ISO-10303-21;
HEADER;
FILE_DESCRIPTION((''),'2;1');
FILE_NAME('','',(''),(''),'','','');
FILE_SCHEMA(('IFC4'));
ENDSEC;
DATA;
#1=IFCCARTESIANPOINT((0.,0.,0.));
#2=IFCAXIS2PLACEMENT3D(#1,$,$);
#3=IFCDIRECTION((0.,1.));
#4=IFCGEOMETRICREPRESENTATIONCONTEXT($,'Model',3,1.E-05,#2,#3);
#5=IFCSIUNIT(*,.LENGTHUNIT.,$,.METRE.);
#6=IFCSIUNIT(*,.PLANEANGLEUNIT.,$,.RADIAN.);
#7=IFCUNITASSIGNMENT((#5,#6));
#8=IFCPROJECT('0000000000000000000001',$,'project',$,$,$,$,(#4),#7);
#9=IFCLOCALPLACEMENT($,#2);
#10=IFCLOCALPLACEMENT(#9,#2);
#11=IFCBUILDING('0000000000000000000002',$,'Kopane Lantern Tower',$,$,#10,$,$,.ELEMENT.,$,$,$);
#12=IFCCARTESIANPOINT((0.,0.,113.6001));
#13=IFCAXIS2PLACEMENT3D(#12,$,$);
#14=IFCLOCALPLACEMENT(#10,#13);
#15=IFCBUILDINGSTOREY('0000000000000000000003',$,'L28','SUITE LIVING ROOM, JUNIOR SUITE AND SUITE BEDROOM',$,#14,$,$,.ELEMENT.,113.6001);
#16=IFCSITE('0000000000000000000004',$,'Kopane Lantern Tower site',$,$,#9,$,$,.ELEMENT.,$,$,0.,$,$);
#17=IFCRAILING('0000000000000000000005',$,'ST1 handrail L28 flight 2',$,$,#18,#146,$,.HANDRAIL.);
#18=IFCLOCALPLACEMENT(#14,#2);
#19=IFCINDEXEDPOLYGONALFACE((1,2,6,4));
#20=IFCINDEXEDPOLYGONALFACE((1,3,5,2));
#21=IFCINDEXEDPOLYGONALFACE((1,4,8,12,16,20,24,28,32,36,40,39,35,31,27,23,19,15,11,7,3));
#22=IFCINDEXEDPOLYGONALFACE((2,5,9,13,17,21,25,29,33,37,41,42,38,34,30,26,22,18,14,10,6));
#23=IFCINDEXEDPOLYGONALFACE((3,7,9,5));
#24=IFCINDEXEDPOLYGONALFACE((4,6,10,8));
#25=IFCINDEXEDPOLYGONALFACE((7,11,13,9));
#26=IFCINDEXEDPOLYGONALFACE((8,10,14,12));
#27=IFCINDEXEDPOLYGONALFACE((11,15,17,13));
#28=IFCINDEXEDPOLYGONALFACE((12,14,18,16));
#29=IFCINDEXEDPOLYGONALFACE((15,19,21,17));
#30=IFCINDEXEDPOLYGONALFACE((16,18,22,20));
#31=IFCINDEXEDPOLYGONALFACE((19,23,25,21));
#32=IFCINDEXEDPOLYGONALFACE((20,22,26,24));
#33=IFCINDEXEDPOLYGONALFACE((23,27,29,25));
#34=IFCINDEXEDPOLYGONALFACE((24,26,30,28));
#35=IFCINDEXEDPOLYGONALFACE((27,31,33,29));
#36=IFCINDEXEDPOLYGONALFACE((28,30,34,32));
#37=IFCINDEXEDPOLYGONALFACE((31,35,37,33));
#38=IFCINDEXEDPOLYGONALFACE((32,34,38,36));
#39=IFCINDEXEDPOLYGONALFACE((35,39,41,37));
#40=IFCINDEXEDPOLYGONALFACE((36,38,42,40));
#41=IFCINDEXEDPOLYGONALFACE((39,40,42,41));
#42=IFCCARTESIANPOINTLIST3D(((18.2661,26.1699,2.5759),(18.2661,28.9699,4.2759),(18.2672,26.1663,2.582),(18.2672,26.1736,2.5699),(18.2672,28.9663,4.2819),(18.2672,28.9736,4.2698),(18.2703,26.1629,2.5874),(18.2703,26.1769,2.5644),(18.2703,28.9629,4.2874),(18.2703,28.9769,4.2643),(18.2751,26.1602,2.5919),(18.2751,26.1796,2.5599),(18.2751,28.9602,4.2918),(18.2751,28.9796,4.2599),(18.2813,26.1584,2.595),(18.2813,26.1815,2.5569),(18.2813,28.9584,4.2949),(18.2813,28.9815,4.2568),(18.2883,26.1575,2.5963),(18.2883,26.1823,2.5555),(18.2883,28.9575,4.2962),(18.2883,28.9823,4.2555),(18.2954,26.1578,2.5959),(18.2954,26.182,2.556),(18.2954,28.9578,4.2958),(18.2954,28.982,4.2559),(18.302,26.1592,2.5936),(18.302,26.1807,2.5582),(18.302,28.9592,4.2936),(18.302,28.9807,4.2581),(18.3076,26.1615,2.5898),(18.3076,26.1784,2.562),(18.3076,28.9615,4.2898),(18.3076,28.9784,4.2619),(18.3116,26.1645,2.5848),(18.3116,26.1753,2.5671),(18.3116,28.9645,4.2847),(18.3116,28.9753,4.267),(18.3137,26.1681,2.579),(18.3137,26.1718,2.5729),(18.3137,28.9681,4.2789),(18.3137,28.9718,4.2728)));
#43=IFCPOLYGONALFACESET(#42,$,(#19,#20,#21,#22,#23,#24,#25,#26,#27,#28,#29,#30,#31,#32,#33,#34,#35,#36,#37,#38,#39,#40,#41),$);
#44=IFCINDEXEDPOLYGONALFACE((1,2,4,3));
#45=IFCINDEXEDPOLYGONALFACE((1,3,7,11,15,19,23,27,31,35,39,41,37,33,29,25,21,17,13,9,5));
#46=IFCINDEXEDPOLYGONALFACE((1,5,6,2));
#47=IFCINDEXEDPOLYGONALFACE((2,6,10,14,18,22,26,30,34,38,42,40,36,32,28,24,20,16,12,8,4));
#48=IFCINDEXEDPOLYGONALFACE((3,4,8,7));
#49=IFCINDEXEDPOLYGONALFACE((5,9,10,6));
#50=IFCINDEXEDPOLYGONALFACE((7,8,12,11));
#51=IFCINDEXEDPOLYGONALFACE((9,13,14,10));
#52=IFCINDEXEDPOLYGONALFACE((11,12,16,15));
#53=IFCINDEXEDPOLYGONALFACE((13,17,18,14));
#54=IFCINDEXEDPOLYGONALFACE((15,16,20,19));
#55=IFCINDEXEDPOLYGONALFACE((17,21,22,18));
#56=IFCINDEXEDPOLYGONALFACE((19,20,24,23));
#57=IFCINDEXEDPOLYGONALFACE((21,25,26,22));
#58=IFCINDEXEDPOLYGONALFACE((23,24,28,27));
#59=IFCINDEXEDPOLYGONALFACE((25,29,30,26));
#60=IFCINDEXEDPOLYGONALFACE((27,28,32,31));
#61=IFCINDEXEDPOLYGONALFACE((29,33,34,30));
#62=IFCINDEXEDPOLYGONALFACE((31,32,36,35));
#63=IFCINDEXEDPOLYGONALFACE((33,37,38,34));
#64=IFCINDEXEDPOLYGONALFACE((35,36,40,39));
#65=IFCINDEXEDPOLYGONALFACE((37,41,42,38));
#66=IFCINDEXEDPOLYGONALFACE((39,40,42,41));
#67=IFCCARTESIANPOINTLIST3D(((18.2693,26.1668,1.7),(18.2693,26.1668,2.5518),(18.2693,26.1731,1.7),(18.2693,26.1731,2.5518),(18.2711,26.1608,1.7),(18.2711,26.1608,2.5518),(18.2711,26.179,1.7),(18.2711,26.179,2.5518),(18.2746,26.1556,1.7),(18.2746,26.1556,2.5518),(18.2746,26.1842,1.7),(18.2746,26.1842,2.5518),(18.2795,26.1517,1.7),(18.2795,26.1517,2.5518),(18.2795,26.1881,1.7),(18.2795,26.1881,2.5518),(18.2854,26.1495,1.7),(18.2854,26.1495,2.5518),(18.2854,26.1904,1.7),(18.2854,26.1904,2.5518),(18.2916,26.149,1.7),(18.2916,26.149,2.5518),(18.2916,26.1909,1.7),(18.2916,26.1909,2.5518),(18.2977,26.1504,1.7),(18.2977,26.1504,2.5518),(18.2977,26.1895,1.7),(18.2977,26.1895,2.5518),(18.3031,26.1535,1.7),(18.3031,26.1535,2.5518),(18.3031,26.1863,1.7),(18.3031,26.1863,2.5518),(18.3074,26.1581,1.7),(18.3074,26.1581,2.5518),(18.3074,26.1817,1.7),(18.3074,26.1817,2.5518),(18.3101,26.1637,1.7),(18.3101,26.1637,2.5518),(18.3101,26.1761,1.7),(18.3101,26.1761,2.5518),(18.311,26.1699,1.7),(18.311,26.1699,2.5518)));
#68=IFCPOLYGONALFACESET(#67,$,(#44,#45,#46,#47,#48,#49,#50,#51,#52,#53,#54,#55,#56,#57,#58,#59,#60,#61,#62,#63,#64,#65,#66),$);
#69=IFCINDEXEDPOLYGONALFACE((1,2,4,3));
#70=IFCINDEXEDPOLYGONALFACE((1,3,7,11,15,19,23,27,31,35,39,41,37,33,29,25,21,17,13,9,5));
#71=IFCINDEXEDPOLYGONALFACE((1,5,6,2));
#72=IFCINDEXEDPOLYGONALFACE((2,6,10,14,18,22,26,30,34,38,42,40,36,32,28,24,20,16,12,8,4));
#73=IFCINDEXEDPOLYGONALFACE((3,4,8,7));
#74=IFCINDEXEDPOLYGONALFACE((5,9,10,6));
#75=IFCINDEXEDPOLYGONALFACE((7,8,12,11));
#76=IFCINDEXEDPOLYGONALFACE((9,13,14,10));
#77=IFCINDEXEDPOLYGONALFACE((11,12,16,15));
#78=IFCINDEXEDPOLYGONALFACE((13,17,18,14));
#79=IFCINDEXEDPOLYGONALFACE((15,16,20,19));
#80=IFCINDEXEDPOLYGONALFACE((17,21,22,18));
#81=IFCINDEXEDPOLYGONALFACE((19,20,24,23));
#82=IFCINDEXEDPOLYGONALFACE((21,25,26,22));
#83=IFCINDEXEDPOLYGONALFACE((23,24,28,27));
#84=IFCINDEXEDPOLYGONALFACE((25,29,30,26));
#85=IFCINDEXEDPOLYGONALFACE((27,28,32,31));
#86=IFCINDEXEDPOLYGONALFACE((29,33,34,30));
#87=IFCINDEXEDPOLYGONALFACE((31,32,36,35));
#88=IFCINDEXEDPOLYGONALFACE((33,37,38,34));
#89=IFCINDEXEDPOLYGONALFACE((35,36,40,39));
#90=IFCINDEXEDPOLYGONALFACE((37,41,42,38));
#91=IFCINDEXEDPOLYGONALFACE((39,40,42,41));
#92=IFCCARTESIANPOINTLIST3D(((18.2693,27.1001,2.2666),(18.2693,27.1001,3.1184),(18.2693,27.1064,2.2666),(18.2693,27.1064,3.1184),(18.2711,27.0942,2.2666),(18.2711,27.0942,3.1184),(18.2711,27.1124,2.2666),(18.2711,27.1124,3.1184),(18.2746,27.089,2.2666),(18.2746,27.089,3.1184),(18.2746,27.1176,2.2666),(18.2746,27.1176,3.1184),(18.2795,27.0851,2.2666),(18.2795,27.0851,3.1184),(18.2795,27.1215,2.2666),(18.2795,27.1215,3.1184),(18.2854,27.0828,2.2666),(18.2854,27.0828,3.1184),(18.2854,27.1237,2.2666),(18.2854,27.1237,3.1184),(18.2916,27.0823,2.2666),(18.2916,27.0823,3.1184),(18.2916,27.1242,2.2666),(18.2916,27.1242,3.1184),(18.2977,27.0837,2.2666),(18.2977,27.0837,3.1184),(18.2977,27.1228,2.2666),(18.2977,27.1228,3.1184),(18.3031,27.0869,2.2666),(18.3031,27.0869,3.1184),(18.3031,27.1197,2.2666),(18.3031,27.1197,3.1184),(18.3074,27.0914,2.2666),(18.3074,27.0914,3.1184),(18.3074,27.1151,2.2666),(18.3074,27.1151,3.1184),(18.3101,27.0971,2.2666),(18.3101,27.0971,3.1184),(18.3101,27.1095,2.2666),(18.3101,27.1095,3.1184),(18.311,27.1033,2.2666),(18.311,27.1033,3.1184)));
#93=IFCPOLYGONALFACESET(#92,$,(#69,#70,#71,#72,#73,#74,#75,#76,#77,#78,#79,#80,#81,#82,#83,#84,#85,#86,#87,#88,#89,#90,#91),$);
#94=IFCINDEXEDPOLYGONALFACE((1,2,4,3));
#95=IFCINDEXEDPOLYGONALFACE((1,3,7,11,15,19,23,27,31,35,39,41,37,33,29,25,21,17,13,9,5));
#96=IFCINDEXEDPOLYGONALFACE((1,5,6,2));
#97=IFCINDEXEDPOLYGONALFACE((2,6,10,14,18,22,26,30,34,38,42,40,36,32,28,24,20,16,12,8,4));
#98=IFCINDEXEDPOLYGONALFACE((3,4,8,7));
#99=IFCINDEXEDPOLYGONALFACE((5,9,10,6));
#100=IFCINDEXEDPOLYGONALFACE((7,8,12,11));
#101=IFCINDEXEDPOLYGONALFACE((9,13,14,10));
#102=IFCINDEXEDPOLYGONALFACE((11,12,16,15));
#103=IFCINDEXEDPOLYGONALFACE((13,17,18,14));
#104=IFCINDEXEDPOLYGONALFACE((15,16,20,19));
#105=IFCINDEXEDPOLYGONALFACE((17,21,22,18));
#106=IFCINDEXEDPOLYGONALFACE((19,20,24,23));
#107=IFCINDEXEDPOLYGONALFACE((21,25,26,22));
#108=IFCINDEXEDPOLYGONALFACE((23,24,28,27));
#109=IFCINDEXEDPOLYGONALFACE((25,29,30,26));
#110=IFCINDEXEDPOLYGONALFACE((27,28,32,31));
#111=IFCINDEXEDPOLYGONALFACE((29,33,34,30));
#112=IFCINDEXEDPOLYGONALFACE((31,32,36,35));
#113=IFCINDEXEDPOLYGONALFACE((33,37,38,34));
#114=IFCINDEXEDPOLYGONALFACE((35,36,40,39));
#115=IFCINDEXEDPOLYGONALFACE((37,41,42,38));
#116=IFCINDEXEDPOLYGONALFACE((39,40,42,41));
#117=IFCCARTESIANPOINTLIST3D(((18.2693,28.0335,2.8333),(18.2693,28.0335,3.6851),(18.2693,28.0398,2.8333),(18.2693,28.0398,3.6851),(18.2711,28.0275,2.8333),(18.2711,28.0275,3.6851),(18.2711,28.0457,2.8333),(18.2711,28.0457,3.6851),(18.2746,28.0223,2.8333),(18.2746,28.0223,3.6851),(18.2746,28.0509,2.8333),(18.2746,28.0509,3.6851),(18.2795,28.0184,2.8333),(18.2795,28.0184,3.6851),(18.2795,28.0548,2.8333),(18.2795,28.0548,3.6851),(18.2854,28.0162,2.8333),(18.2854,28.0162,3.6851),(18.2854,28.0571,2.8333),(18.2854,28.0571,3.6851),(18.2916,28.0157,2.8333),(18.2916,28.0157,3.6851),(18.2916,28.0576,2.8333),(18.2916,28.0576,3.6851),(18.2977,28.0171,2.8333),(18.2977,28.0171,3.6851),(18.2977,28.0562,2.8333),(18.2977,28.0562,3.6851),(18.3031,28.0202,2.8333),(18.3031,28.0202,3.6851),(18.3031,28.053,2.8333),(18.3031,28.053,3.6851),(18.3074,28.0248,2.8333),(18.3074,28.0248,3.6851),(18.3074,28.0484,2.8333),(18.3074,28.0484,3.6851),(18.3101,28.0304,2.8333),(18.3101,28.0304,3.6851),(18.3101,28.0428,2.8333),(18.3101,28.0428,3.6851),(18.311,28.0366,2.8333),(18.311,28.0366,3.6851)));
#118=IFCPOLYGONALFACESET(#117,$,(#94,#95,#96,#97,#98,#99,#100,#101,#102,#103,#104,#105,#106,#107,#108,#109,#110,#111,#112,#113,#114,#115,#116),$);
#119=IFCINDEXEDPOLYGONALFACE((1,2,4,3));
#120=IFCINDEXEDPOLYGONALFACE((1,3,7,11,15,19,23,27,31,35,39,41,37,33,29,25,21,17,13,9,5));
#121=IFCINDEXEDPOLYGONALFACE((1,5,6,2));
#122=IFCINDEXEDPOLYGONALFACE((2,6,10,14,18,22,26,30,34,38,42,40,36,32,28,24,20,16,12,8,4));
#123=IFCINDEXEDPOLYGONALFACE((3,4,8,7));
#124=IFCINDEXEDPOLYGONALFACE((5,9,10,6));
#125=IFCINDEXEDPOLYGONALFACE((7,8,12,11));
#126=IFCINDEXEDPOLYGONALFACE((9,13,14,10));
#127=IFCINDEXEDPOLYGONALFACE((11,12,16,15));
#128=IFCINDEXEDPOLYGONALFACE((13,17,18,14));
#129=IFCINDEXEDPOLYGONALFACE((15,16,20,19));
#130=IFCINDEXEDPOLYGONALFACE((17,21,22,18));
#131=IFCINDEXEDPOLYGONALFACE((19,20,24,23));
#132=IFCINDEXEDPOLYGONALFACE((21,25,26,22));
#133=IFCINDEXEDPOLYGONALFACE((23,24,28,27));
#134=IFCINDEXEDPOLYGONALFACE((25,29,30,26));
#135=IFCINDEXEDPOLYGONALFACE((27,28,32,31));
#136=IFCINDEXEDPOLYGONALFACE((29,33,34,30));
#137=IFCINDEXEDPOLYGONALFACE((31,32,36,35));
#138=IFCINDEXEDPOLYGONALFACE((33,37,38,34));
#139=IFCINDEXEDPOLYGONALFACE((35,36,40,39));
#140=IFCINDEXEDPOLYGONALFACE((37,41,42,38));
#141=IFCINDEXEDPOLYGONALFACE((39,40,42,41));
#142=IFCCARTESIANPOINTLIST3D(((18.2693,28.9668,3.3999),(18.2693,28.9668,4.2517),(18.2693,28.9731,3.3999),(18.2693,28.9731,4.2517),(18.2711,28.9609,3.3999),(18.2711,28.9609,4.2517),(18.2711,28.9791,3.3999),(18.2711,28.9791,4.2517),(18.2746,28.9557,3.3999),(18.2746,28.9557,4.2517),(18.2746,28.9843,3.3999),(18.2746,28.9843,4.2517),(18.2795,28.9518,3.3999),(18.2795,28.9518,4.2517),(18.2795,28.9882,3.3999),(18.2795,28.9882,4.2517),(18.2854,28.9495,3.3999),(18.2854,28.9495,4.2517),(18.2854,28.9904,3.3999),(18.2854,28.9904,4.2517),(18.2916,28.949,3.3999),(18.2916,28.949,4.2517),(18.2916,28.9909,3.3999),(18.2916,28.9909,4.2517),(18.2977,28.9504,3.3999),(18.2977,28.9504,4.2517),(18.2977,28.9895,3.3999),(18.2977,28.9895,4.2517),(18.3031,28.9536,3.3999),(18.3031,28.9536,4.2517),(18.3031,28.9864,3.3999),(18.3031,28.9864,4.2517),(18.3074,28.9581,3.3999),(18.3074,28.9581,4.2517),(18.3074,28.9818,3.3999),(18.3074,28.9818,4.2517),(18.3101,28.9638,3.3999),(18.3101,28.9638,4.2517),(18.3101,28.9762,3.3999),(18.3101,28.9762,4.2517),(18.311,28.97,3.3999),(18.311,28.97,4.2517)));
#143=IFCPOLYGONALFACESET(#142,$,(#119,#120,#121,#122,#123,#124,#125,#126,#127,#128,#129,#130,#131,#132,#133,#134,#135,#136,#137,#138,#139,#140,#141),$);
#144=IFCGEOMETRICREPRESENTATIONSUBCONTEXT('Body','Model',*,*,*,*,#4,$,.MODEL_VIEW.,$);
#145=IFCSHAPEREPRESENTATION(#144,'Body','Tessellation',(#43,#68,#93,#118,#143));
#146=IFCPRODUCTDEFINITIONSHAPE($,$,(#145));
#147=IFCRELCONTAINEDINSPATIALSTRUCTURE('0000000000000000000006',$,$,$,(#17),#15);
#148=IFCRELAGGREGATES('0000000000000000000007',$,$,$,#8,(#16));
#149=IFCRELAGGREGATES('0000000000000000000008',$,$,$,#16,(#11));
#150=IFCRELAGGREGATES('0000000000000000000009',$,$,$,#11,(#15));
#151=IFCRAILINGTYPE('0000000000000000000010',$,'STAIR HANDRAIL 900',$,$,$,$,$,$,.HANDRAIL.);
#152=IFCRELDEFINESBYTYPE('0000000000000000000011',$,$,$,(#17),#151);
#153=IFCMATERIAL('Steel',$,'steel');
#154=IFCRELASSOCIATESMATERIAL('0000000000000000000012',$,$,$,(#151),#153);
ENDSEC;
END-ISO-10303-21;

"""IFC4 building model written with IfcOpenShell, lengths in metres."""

from ifc_helpers import new_model, si_unit, direction, frame, origin, origin_2d, place, context, subcontext, project, spatial, circle, extrude, material, type_object, element, save


model = new_model("IFC4")

# Units and contexts
model_context = context("Model", 3, precision=1e-05, world=origin(), true_north=direction((0.0, 1.0)))
body_context = subcontext(model_context, "Body", "Model", "MODEL_VIEW")
ifc_project = project(units=[si_unit("LENGTHUNIT", "METRE"), si_unit("PLANEANGLEUNIT", "RADIAN")], contexts=[model_context])

# Site, building, storey
site_placement = place(None, origin())
site = spatial("IfcSite", under=ifc_project, at=site_placement, Name="Kopane Lantern Tower site", CompositionType="ELEMENT", RefElevation=0.0)
building_placement = place(site_placement, origin())
building = spatial("IfcBuilding", under=site, at=building_placement, Name="Kopane Lantern Tower", CompositionType="ELEMENT")
storey_placement = place(building_placement, frame((0.0, 0.0, 113.6001)))
storey = spatial("IfcBuildingStorey", under=building, at=storey_placement, Name="L28", Description="SUITE LIVING ROOM, JUNIOR SUITE AND SUITE BEDROOM", CompositionType="ELEMENT", Elevation=113.6001)

# Railing
ifc_material_1 = material(Name="Steel", Category="steel")
railing_type = type_object("IfcRailingType", Name="STAIR HANDRAIL 900", PredefinedType="HANDRAIL", material=ifc_material_1)
for number, where, name in (
    (1, (18.29, 26.1699, 1.7), "ST1 handrail L28 flight 2"),
):
    element("IfcRailing", number, at=place(storey_placement, frame(where)), inside=storey, type_object=railing_type, Name=name, PredefinedType="HANDRAIL", context=body_context, shape_type="SweptSolid", body=[
        extrude(circle(Radius=0.0239, at=origin_2d()), frame((0.0, 0.0, 0.876), z_axis=(0.0, 0.854798, 0.518961), x_axis=(-1.0, 0.0, 0.0)), (0.0, 0.0, 1.0), 3.2756),
        extrude(circle(Radius=0.021, at=origin_2d()), origin(), (0.0, 0.0, 1.0), 0.8518),
        extrude(circle(Radius=0.021, at=origin_2d()), frame((0.0, 0.9333, 0.5667)), (0.0, 0.0, 1.0), 0.8518),
        extrude(circle(Radius=0.021, at=origin_2d()), frame((0.0, 1.8667, 1.1333)), (0.0, 0.0, 1.0), 0.8518),
        extrude(circle(Radius=0.021, at=origin_2d()), frame((0.0, 2.8, 1.7)), (0.0, 0.0, 1.0), 0.8518),
    ])

save(model, "model.ifc")
